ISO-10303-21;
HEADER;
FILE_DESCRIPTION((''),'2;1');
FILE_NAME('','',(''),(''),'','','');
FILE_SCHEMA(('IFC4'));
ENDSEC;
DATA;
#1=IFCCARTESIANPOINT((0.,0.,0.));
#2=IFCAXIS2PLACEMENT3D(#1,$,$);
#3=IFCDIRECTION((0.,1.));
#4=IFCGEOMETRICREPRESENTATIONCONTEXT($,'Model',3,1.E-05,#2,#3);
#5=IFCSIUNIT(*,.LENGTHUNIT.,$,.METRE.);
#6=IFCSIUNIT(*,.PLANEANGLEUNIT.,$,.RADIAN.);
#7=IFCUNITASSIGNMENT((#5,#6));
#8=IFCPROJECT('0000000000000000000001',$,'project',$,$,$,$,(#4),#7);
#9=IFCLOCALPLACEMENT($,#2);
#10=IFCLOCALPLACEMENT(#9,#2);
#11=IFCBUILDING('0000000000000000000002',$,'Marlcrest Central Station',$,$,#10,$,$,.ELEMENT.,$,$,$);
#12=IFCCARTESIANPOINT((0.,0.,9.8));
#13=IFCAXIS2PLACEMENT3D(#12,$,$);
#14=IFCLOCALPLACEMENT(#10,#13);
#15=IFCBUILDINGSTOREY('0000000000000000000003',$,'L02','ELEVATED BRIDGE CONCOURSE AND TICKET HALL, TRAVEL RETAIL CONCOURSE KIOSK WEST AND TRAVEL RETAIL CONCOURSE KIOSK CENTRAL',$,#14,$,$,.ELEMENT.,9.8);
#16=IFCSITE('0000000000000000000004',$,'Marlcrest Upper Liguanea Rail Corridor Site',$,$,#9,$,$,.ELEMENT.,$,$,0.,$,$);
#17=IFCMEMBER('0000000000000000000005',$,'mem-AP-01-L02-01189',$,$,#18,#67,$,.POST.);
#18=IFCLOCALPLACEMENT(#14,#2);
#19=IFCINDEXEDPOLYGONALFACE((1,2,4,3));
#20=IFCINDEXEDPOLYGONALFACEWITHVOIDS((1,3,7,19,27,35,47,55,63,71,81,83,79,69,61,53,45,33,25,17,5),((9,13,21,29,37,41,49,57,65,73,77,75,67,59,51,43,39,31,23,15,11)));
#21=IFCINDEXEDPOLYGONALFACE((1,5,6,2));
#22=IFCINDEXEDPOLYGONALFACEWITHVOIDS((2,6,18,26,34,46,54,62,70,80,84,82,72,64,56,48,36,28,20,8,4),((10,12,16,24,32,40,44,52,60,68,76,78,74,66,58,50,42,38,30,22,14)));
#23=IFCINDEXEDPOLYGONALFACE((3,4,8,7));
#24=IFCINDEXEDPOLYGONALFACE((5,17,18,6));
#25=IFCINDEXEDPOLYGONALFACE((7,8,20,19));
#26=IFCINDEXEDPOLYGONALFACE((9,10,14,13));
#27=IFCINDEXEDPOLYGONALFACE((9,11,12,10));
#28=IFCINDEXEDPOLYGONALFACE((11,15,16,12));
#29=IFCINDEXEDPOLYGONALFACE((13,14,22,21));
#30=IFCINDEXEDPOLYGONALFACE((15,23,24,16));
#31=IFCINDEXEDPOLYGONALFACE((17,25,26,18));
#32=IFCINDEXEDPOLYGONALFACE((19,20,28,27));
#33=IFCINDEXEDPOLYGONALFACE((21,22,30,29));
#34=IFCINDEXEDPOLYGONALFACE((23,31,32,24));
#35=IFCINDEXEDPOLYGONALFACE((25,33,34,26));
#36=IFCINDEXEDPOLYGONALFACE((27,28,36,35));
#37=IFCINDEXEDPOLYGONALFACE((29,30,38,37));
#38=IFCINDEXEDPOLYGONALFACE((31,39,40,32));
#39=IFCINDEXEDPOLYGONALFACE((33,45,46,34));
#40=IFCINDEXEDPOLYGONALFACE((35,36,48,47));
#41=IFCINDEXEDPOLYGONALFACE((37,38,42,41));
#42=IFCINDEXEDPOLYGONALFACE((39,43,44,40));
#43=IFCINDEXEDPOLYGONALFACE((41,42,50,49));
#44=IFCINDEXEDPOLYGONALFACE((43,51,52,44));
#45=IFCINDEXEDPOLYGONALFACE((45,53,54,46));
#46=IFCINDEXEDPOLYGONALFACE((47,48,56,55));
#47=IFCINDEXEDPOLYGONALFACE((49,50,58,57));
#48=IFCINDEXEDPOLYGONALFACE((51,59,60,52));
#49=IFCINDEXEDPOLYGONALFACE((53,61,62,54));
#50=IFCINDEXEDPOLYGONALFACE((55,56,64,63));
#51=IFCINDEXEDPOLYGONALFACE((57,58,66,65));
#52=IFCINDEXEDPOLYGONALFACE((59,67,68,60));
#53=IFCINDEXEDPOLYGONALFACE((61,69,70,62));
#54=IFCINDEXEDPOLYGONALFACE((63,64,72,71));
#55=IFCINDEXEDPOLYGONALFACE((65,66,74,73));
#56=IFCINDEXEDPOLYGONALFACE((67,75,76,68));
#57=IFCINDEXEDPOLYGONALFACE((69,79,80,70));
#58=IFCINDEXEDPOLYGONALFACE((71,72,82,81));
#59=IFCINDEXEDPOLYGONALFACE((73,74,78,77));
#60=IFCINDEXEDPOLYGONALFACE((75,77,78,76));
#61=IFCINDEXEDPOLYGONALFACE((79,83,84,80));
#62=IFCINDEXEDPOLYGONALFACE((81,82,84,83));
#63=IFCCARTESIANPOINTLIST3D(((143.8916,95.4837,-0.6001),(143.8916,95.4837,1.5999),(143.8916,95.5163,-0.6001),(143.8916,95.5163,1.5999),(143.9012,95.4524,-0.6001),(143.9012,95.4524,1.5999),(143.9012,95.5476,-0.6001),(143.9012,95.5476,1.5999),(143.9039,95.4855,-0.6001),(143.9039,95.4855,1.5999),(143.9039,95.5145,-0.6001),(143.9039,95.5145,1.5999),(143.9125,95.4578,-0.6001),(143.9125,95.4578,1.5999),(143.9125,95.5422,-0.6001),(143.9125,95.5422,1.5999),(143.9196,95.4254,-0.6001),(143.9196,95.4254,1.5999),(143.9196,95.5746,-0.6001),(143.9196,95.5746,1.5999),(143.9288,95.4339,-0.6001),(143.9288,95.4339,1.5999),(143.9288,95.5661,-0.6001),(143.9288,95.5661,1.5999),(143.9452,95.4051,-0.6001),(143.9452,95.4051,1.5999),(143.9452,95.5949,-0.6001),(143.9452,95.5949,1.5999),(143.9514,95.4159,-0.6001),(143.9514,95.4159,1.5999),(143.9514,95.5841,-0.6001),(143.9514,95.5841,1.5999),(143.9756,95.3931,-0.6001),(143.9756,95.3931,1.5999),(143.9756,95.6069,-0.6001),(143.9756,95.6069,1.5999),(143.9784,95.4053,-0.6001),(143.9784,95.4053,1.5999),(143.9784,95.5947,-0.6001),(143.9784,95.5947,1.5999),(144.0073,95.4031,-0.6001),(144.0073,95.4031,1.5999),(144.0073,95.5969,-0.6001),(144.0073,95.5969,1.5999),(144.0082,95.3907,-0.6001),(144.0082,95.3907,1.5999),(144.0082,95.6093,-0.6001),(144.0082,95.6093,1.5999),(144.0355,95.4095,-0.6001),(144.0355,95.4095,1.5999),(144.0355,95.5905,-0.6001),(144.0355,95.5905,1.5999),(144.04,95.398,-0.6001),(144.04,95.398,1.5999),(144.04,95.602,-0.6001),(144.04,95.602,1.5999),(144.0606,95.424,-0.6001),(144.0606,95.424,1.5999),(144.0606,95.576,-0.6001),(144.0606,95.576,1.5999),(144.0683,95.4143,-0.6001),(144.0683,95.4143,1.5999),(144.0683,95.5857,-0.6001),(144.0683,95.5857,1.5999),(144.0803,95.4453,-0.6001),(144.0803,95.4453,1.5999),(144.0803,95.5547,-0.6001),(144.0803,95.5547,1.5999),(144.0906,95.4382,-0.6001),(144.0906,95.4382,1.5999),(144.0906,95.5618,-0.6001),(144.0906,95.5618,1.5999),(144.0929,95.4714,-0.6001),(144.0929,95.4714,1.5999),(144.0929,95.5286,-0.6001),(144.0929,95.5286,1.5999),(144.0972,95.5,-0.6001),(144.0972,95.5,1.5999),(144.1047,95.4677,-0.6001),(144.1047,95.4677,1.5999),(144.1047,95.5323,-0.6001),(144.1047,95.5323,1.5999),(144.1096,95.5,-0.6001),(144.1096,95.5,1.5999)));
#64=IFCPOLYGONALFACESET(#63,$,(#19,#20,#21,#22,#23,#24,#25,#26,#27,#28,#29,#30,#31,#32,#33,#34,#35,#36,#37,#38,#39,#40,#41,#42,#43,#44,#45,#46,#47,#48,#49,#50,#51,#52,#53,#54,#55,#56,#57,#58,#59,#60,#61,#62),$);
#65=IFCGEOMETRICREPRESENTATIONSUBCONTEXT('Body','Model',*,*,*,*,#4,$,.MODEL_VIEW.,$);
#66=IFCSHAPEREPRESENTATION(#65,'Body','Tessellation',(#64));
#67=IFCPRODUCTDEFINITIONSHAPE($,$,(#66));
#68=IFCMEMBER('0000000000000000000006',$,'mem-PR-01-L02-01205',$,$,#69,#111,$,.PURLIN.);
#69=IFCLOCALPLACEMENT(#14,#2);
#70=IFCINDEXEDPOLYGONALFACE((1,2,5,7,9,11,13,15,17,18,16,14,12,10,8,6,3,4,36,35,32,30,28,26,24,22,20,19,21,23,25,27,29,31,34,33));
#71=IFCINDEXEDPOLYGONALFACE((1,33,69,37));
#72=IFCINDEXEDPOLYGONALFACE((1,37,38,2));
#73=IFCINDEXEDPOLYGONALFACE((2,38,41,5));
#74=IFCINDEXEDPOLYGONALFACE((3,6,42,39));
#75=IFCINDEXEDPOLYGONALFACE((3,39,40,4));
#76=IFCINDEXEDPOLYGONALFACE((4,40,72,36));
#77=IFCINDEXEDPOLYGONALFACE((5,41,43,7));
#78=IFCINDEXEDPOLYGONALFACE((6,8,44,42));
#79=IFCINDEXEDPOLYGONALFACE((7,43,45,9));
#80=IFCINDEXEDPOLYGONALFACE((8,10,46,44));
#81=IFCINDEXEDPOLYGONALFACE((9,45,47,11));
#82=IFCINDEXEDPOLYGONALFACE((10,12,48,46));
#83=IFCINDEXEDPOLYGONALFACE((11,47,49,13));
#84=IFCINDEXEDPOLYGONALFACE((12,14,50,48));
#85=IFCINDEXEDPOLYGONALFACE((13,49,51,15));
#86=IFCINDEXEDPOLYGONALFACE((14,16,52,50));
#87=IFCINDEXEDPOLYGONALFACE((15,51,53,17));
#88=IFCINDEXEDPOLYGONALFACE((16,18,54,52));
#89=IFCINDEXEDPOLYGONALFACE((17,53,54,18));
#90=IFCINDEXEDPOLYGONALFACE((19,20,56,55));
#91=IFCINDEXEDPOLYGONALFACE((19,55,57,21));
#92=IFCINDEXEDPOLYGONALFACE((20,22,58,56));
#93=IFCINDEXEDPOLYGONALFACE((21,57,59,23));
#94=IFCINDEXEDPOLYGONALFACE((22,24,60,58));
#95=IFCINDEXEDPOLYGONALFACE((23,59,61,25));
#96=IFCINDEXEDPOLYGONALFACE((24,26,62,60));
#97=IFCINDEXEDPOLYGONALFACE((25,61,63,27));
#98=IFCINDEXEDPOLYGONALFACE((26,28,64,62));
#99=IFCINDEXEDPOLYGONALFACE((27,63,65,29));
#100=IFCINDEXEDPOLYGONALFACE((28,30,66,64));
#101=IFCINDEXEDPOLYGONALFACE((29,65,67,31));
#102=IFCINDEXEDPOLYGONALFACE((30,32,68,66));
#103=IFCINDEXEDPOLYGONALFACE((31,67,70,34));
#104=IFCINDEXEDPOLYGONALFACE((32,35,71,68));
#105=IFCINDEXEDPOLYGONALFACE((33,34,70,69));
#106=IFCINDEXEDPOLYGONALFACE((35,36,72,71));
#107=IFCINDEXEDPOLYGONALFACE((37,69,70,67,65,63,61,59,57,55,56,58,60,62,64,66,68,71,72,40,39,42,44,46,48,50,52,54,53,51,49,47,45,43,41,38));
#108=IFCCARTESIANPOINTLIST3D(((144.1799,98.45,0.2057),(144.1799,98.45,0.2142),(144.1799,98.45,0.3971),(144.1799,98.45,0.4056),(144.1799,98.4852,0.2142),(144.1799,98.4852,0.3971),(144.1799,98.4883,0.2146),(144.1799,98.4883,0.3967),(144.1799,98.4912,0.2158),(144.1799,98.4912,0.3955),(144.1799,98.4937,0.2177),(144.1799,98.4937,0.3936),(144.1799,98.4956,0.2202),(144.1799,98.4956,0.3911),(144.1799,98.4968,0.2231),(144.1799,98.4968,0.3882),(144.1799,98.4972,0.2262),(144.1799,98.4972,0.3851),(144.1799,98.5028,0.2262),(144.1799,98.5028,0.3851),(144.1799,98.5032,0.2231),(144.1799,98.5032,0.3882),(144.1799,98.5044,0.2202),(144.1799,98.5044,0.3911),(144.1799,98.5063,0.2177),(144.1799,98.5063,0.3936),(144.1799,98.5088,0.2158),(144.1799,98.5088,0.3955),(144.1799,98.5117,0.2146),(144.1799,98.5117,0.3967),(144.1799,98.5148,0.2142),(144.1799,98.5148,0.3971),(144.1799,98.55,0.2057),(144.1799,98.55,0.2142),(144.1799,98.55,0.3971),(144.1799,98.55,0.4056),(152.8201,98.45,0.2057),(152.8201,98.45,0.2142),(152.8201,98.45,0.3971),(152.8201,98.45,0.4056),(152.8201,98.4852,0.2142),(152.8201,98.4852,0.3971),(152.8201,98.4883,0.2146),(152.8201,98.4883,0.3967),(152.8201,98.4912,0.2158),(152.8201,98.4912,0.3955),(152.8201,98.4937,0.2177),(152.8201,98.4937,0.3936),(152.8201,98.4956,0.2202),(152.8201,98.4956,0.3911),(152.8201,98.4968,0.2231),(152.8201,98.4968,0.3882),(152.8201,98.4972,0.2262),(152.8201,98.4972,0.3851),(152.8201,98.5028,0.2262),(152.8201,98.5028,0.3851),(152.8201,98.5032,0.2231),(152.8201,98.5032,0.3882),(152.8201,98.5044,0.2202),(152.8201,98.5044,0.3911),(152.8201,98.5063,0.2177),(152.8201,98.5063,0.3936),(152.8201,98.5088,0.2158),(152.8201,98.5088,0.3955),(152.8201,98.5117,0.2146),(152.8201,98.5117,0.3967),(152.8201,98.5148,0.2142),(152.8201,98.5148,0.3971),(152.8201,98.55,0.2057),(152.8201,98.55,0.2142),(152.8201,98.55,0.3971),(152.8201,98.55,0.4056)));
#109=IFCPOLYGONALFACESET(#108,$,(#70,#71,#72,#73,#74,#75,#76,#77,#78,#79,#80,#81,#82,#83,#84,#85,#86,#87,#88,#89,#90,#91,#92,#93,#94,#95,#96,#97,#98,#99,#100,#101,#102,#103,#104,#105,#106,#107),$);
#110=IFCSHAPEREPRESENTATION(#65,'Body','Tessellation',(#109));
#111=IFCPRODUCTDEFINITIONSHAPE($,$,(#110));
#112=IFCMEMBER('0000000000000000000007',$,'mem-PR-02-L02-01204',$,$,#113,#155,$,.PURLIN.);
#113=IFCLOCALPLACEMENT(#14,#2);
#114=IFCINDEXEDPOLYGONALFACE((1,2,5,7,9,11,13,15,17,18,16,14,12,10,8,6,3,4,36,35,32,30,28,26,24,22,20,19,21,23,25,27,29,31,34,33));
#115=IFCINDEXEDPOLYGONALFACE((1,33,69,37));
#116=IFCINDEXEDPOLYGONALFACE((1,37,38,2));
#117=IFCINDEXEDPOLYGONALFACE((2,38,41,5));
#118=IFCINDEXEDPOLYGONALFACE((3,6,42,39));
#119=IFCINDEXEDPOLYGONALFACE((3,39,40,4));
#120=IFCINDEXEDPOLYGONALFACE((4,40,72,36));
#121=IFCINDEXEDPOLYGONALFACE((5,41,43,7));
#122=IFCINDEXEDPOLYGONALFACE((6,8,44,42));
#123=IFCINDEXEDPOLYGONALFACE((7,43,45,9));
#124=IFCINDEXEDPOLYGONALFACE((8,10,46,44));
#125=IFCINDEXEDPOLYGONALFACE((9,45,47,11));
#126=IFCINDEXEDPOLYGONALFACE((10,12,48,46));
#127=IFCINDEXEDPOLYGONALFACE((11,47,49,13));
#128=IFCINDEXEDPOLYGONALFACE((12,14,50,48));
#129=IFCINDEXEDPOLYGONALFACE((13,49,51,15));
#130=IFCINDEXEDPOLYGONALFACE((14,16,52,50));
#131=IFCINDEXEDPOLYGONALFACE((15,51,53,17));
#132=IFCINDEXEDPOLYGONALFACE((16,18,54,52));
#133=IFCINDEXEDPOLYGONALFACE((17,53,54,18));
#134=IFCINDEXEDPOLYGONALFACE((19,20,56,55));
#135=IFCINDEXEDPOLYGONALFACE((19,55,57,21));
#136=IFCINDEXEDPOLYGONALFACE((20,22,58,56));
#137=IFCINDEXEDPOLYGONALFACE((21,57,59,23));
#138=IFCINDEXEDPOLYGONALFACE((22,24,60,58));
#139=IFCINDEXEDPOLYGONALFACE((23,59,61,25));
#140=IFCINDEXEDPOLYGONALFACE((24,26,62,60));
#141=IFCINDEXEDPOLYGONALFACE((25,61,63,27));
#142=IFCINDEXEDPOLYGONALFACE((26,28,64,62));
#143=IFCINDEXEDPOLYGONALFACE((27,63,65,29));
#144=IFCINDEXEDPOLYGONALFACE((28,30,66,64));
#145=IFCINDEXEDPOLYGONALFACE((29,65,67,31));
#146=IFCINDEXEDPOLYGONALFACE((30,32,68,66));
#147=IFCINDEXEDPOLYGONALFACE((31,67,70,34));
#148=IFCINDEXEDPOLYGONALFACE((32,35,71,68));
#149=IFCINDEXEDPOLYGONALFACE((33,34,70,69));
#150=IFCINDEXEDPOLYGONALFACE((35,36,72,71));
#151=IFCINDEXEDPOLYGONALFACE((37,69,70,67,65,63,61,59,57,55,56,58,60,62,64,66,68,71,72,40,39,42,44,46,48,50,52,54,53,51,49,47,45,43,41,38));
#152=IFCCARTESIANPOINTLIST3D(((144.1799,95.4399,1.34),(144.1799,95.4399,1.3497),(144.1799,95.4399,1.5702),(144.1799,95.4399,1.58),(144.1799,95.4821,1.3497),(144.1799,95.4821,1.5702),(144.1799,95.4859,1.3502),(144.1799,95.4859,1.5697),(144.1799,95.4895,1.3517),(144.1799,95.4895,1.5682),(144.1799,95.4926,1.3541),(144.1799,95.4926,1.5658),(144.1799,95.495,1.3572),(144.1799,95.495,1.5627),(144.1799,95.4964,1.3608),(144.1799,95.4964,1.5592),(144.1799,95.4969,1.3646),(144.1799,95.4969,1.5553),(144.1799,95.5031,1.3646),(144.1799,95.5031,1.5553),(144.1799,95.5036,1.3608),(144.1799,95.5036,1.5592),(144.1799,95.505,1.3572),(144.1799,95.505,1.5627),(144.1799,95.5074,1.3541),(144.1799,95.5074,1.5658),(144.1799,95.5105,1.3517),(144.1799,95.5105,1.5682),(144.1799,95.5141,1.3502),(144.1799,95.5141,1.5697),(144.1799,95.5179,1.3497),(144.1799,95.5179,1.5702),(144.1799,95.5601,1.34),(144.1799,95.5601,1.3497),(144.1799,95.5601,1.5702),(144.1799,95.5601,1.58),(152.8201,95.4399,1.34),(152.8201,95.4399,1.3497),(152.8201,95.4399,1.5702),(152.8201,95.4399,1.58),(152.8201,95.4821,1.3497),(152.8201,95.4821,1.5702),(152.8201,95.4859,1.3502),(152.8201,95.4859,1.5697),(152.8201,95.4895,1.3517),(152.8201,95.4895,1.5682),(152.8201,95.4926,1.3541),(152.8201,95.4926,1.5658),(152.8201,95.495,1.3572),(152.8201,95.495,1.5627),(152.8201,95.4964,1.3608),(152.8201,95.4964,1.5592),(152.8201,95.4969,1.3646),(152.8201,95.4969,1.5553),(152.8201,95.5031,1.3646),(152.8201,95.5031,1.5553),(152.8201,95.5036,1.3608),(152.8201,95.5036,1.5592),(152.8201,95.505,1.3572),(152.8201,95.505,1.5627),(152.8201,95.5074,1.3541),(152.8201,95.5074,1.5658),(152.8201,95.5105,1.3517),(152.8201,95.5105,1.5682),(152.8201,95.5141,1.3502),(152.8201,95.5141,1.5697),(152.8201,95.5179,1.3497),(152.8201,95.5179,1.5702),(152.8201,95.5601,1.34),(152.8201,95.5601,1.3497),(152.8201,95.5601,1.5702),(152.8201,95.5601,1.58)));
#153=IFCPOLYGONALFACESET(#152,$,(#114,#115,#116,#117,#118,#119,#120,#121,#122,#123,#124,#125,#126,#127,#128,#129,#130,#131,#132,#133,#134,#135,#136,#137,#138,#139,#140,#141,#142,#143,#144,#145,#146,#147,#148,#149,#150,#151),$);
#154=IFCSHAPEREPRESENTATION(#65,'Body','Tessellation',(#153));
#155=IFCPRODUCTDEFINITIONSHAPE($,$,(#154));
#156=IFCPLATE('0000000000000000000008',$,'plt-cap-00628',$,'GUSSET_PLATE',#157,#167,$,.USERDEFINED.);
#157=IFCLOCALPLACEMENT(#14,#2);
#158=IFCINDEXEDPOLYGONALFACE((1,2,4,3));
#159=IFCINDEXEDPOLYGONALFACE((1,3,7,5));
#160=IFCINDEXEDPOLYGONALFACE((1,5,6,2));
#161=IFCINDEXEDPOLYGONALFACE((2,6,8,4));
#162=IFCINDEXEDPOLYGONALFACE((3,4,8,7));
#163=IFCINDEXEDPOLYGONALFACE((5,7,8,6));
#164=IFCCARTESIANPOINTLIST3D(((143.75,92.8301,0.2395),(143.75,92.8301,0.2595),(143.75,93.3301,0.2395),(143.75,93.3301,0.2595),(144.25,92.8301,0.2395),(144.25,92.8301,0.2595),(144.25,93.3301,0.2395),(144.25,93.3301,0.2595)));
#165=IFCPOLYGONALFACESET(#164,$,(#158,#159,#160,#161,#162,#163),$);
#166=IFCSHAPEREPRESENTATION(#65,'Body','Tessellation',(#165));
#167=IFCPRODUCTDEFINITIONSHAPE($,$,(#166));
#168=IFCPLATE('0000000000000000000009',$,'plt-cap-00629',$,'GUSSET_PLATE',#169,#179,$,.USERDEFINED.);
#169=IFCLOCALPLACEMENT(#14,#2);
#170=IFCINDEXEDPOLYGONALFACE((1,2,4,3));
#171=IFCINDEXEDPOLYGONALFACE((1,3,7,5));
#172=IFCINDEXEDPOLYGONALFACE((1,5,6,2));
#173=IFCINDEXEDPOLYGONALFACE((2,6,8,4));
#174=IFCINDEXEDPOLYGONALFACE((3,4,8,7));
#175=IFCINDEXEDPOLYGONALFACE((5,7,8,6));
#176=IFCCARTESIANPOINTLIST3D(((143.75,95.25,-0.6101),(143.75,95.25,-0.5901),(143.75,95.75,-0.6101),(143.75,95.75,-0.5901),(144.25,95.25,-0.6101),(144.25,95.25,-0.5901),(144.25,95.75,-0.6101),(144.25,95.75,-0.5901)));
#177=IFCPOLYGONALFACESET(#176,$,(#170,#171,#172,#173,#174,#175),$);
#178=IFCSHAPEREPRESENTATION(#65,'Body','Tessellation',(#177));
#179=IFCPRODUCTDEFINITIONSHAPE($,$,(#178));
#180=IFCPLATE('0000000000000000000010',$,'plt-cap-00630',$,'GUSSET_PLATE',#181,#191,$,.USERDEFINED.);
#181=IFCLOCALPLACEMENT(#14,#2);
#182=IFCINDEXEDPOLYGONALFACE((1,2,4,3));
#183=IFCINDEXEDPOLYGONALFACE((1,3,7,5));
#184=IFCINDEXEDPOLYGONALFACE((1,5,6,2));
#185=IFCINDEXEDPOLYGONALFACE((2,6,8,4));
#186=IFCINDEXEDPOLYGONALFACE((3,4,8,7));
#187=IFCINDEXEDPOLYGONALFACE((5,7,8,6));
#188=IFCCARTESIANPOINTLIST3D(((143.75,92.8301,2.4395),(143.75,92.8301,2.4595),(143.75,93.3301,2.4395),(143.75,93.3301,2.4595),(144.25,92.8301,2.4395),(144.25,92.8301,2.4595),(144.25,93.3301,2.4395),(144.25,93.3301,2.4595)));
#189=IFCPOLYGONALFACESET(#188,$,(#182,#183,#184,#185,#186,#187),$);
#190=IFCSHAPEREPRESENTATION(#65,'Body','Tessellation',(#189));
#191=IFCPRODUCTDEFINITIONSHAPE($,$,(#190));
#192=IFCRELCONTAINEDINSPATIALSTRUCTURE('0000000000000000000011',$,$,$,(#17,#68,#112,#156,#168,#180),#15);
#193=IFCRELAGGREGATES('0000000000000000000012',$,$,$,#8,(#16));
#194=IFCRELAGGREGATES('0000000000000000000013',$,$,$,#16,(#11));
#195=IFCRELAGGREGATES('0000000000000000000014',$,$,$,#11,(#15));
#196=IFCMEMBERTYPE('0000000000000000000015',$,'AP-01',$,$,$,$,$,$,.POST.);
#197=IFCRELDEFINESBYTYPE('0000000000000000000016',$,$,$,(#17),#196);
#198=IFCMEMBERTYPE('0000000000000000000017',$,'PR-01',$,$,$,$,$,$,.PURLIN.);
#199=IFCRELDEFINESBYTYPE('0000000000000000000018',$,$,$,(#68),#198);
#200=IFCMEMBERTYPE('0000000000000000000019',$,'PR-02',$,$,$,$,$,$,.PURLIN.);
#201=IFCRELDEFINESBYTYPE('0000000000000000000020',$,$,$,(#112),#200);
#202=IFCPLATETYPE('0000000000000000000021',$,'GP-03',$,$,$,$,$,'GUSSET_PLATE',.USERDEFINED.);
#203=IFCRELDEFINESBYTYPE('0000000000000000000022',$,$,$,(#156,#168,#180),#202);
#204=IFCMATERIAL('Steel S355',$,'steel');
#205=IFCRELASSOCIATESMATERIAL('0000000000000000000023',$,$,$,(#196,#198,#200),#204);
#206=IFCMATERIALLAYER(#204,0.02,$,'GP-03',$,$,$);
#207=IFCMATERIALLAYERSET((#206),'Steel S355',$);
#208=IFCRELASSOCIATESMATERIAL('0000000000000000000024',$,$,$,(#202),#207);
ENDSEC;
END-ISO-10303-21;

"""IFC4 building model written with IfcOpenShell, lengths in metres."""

from ifc_helpers import new_model, si_unit, direction, frame, origin, origin_2d, place, context, subcontext, project, spatial, rectangle, hollow_circle, i_section, extrude, material, layer, layer_set, material_profile, profile_set, type_object, element, save


model = new_model("IFC4")

# Units and contexts
model_context = context("Model", 3, precision=1e-05, world=origin(), true_north=direction((0.0, 1.0)))
body_context = subcontext(model_context, "Body", "Model", "MODEL_VIEW")
ifc_project = project(units=[si_unit("LENGTHUNIT", "METRE"), si_unit("PLANEANGLEUNIT", "RADIAN")], contexts=[model_context])

# Site, building, storey
site_placement = place(None, origin())
site = spatial("IfcSite", under=ifc_project, at=site_placement, Name="Marlcrest Upper Liguanea Rail Corridor Site", CompositionType="ELEMENT", RefElevation=0.0)
building_placement = place(site_placement, origin())
building = spatial("IfcBuilding", under=site, at=building_placement, Name="Marlcrest Central Station", CompositionType="ELEMENT")
storey_placement = place(building_placement, frame((0.0, 0.0, 9.8)))
storey = spatial("IfcBuildingStorey", under=building, at=storey_placement, Name="L02", Description="ELEVATED BRIDGE CONCOURSE AND TICKET HALL, TRAVEL RETAIL CONCOURSE KIOSK WEST AND TRAVEL RETAIL CONCOURSE KIOSK CENTRAL", CompositionType="ELEMENT", Elevation=9.8)

# Members
ifc_material_1 = material(Name="Steel S355", Category="steel")
ifc_material_profile_1 = material_profile(ifc_material_1, hollow_circle(Radius=0.1096, WallThickness=0.0125, at=origin_2d()), Name="CHS 219.1x12.5")
ifc_profile_set_1 = profile_set([ifc_material_profile_1], Name="Steel S355")
member_type_1 = type_object("IfcMemberType", Name="AP-01", PredefinedType="POST", material=ifc_profile_set_1)
for number, where, z_axis, x_axis, name in (
    (1, (144.0, 95.5, -0.6001), (0.0, 0.0, 1.0), (1.0, 0.0, 0.0), "mem-AP-01-L02-01189"),
):
    element("IfcMember", number, at=place(storey_placement, frame(where, z_axis=z_axis, x_axis=x_axis)), inside=storey, type_object=member_type_1, Name=name, PredefinedType="POST", context=body_context, shape_type="SweptSolid", body=[
        extrude(hollow_circle(Radius=0.1096, WallThickness=0.0125, at=origin_2d()), origin(), (0.0, 0.0, 1.0), 2.2),
    ])
ifc_material_profile_2 = material_profile(ifc_material_1, i_section(OverallWidth=0.1001, OverallDepth=0.2, WebThickness=0.0056, FlangeThickness=0.0085, FilletRadius=0.012, at=origin_2d()), Name="IPE 200")
ifc_profile_set_2 = profile_set([ifc_material_profile_2], Name="Steel S355")
member_type_2 = type_object("IfcMemberType", Name="PR-01", PredefinedType="PURLIN", material=ifc_profile_set_2)
member_1_placement = place(storey_placement, frame((144.1799, 98.5, 0.3057), z_axis=(1.0, 0.0, 0.0), x_axis=(0.0, 1.0, 0.0)))
element("IfcMember", 2, at=member_1_placement, inside=storey, type_object=member_type_2, Name="mem-PR-01-L02-01205", PredefinedType="PURLIN", context=body_context, shape_type="SweptSolid", body=[
    extrude(i_section(OverallWidth=0.1001, OverallDepth=0.2, WebThickness=0.0056, FlangeThickness=0.0085, FilletRadius=0.012, at=origin_2d()), origin(), (0.0, 0.0, 1.0), 8.6401),
])
ifc_material_profile_3 = material_profile(ifc_material_1, i_section(OverallWidth=0.1201, OverallDepth=0.24, WebThickness=0.0061, FlangeThickness=0.0098, FilletRadius=0.0149, at=origin_2d()), Name="IPE 240")
ifc_profile_set_3 = profile_set([ifc_material_profile_3], Name="Steel S355")
member_type_3 = type_object("IfcMemberType", Name="PR-02", PredefinedType="PURLIN", material=ifc_profile_set_3)
member_2_placement = place(storey_placement, frame((144.1799, 95.5, 1.46), z_axis=(1.0, 0.0, 0.0), x_axis=(0.0, 1.0, 0.0)))
element("IfcMember", 3, at=member_2_placement, inside=storey, type_object=member_type_3, Name="mem-PR-02-L02-01204", PredefinedType="PURLIN", context=body_context, shape_type="SweptSolid", body=[
    extrude(i_section(OverallWidth=0.1201, OverallDepth=0.24, WebThickness=0.0061, FlangeThickness=0.0098, FilletRadius=0.0149, at=origin_2d()), origin(), (0.0, 0.0, 1.0), 8.6401),
])

# Plates
ifc_layer_1 = layer(ifc_material_1, 0.02, Name="GP-03")
ifc_layer_set_1 = layer_set([ifc_layer_1], Name="Steel S355")
plate_type = type_object("IfcPlateType", Name="GP-03", ElementType="GUSSET_PLATE", PredefinedType="USERDEFINED", material=ifc_layer_set_1)
for number, where, z_axis, x_axis, name in (
    (4, (144.0, 93.0801, 0.2395), (0.0, 0.0, 1.0), (1.0, 0.0, 0.0), "plt-cap-00628"),
    (5, (144.0, 95.5, -0.6101), (0.0, 0.0, 1.0), (1.0, 0.0, 0.0), "plt-cap-00629"),
    (6, (144.0, 93.0801, 2.4395), (0.0, 0.0, 1.0), (1.0, 0.0, 0.0), "plt-cap-00630"),
):
    element("IfcPlate", number, at=place(storey_placement, frame(where, z_axis=z_axis, x_axis=x_axis)), inside=storey, type_object=plate_type, Name=name, ObjectType="GUSSET_PLATE", PredefinedType="USERDEFINED", context=body_context, shape_type="SweptSolid", body=[
        extrude(rectangle(XDim=0.5, YDim=0.5, at=origin_2d()), origin(), (0.0, 0.0, 1.0), 0.02),
    ])

save(model, "model.ifc")
